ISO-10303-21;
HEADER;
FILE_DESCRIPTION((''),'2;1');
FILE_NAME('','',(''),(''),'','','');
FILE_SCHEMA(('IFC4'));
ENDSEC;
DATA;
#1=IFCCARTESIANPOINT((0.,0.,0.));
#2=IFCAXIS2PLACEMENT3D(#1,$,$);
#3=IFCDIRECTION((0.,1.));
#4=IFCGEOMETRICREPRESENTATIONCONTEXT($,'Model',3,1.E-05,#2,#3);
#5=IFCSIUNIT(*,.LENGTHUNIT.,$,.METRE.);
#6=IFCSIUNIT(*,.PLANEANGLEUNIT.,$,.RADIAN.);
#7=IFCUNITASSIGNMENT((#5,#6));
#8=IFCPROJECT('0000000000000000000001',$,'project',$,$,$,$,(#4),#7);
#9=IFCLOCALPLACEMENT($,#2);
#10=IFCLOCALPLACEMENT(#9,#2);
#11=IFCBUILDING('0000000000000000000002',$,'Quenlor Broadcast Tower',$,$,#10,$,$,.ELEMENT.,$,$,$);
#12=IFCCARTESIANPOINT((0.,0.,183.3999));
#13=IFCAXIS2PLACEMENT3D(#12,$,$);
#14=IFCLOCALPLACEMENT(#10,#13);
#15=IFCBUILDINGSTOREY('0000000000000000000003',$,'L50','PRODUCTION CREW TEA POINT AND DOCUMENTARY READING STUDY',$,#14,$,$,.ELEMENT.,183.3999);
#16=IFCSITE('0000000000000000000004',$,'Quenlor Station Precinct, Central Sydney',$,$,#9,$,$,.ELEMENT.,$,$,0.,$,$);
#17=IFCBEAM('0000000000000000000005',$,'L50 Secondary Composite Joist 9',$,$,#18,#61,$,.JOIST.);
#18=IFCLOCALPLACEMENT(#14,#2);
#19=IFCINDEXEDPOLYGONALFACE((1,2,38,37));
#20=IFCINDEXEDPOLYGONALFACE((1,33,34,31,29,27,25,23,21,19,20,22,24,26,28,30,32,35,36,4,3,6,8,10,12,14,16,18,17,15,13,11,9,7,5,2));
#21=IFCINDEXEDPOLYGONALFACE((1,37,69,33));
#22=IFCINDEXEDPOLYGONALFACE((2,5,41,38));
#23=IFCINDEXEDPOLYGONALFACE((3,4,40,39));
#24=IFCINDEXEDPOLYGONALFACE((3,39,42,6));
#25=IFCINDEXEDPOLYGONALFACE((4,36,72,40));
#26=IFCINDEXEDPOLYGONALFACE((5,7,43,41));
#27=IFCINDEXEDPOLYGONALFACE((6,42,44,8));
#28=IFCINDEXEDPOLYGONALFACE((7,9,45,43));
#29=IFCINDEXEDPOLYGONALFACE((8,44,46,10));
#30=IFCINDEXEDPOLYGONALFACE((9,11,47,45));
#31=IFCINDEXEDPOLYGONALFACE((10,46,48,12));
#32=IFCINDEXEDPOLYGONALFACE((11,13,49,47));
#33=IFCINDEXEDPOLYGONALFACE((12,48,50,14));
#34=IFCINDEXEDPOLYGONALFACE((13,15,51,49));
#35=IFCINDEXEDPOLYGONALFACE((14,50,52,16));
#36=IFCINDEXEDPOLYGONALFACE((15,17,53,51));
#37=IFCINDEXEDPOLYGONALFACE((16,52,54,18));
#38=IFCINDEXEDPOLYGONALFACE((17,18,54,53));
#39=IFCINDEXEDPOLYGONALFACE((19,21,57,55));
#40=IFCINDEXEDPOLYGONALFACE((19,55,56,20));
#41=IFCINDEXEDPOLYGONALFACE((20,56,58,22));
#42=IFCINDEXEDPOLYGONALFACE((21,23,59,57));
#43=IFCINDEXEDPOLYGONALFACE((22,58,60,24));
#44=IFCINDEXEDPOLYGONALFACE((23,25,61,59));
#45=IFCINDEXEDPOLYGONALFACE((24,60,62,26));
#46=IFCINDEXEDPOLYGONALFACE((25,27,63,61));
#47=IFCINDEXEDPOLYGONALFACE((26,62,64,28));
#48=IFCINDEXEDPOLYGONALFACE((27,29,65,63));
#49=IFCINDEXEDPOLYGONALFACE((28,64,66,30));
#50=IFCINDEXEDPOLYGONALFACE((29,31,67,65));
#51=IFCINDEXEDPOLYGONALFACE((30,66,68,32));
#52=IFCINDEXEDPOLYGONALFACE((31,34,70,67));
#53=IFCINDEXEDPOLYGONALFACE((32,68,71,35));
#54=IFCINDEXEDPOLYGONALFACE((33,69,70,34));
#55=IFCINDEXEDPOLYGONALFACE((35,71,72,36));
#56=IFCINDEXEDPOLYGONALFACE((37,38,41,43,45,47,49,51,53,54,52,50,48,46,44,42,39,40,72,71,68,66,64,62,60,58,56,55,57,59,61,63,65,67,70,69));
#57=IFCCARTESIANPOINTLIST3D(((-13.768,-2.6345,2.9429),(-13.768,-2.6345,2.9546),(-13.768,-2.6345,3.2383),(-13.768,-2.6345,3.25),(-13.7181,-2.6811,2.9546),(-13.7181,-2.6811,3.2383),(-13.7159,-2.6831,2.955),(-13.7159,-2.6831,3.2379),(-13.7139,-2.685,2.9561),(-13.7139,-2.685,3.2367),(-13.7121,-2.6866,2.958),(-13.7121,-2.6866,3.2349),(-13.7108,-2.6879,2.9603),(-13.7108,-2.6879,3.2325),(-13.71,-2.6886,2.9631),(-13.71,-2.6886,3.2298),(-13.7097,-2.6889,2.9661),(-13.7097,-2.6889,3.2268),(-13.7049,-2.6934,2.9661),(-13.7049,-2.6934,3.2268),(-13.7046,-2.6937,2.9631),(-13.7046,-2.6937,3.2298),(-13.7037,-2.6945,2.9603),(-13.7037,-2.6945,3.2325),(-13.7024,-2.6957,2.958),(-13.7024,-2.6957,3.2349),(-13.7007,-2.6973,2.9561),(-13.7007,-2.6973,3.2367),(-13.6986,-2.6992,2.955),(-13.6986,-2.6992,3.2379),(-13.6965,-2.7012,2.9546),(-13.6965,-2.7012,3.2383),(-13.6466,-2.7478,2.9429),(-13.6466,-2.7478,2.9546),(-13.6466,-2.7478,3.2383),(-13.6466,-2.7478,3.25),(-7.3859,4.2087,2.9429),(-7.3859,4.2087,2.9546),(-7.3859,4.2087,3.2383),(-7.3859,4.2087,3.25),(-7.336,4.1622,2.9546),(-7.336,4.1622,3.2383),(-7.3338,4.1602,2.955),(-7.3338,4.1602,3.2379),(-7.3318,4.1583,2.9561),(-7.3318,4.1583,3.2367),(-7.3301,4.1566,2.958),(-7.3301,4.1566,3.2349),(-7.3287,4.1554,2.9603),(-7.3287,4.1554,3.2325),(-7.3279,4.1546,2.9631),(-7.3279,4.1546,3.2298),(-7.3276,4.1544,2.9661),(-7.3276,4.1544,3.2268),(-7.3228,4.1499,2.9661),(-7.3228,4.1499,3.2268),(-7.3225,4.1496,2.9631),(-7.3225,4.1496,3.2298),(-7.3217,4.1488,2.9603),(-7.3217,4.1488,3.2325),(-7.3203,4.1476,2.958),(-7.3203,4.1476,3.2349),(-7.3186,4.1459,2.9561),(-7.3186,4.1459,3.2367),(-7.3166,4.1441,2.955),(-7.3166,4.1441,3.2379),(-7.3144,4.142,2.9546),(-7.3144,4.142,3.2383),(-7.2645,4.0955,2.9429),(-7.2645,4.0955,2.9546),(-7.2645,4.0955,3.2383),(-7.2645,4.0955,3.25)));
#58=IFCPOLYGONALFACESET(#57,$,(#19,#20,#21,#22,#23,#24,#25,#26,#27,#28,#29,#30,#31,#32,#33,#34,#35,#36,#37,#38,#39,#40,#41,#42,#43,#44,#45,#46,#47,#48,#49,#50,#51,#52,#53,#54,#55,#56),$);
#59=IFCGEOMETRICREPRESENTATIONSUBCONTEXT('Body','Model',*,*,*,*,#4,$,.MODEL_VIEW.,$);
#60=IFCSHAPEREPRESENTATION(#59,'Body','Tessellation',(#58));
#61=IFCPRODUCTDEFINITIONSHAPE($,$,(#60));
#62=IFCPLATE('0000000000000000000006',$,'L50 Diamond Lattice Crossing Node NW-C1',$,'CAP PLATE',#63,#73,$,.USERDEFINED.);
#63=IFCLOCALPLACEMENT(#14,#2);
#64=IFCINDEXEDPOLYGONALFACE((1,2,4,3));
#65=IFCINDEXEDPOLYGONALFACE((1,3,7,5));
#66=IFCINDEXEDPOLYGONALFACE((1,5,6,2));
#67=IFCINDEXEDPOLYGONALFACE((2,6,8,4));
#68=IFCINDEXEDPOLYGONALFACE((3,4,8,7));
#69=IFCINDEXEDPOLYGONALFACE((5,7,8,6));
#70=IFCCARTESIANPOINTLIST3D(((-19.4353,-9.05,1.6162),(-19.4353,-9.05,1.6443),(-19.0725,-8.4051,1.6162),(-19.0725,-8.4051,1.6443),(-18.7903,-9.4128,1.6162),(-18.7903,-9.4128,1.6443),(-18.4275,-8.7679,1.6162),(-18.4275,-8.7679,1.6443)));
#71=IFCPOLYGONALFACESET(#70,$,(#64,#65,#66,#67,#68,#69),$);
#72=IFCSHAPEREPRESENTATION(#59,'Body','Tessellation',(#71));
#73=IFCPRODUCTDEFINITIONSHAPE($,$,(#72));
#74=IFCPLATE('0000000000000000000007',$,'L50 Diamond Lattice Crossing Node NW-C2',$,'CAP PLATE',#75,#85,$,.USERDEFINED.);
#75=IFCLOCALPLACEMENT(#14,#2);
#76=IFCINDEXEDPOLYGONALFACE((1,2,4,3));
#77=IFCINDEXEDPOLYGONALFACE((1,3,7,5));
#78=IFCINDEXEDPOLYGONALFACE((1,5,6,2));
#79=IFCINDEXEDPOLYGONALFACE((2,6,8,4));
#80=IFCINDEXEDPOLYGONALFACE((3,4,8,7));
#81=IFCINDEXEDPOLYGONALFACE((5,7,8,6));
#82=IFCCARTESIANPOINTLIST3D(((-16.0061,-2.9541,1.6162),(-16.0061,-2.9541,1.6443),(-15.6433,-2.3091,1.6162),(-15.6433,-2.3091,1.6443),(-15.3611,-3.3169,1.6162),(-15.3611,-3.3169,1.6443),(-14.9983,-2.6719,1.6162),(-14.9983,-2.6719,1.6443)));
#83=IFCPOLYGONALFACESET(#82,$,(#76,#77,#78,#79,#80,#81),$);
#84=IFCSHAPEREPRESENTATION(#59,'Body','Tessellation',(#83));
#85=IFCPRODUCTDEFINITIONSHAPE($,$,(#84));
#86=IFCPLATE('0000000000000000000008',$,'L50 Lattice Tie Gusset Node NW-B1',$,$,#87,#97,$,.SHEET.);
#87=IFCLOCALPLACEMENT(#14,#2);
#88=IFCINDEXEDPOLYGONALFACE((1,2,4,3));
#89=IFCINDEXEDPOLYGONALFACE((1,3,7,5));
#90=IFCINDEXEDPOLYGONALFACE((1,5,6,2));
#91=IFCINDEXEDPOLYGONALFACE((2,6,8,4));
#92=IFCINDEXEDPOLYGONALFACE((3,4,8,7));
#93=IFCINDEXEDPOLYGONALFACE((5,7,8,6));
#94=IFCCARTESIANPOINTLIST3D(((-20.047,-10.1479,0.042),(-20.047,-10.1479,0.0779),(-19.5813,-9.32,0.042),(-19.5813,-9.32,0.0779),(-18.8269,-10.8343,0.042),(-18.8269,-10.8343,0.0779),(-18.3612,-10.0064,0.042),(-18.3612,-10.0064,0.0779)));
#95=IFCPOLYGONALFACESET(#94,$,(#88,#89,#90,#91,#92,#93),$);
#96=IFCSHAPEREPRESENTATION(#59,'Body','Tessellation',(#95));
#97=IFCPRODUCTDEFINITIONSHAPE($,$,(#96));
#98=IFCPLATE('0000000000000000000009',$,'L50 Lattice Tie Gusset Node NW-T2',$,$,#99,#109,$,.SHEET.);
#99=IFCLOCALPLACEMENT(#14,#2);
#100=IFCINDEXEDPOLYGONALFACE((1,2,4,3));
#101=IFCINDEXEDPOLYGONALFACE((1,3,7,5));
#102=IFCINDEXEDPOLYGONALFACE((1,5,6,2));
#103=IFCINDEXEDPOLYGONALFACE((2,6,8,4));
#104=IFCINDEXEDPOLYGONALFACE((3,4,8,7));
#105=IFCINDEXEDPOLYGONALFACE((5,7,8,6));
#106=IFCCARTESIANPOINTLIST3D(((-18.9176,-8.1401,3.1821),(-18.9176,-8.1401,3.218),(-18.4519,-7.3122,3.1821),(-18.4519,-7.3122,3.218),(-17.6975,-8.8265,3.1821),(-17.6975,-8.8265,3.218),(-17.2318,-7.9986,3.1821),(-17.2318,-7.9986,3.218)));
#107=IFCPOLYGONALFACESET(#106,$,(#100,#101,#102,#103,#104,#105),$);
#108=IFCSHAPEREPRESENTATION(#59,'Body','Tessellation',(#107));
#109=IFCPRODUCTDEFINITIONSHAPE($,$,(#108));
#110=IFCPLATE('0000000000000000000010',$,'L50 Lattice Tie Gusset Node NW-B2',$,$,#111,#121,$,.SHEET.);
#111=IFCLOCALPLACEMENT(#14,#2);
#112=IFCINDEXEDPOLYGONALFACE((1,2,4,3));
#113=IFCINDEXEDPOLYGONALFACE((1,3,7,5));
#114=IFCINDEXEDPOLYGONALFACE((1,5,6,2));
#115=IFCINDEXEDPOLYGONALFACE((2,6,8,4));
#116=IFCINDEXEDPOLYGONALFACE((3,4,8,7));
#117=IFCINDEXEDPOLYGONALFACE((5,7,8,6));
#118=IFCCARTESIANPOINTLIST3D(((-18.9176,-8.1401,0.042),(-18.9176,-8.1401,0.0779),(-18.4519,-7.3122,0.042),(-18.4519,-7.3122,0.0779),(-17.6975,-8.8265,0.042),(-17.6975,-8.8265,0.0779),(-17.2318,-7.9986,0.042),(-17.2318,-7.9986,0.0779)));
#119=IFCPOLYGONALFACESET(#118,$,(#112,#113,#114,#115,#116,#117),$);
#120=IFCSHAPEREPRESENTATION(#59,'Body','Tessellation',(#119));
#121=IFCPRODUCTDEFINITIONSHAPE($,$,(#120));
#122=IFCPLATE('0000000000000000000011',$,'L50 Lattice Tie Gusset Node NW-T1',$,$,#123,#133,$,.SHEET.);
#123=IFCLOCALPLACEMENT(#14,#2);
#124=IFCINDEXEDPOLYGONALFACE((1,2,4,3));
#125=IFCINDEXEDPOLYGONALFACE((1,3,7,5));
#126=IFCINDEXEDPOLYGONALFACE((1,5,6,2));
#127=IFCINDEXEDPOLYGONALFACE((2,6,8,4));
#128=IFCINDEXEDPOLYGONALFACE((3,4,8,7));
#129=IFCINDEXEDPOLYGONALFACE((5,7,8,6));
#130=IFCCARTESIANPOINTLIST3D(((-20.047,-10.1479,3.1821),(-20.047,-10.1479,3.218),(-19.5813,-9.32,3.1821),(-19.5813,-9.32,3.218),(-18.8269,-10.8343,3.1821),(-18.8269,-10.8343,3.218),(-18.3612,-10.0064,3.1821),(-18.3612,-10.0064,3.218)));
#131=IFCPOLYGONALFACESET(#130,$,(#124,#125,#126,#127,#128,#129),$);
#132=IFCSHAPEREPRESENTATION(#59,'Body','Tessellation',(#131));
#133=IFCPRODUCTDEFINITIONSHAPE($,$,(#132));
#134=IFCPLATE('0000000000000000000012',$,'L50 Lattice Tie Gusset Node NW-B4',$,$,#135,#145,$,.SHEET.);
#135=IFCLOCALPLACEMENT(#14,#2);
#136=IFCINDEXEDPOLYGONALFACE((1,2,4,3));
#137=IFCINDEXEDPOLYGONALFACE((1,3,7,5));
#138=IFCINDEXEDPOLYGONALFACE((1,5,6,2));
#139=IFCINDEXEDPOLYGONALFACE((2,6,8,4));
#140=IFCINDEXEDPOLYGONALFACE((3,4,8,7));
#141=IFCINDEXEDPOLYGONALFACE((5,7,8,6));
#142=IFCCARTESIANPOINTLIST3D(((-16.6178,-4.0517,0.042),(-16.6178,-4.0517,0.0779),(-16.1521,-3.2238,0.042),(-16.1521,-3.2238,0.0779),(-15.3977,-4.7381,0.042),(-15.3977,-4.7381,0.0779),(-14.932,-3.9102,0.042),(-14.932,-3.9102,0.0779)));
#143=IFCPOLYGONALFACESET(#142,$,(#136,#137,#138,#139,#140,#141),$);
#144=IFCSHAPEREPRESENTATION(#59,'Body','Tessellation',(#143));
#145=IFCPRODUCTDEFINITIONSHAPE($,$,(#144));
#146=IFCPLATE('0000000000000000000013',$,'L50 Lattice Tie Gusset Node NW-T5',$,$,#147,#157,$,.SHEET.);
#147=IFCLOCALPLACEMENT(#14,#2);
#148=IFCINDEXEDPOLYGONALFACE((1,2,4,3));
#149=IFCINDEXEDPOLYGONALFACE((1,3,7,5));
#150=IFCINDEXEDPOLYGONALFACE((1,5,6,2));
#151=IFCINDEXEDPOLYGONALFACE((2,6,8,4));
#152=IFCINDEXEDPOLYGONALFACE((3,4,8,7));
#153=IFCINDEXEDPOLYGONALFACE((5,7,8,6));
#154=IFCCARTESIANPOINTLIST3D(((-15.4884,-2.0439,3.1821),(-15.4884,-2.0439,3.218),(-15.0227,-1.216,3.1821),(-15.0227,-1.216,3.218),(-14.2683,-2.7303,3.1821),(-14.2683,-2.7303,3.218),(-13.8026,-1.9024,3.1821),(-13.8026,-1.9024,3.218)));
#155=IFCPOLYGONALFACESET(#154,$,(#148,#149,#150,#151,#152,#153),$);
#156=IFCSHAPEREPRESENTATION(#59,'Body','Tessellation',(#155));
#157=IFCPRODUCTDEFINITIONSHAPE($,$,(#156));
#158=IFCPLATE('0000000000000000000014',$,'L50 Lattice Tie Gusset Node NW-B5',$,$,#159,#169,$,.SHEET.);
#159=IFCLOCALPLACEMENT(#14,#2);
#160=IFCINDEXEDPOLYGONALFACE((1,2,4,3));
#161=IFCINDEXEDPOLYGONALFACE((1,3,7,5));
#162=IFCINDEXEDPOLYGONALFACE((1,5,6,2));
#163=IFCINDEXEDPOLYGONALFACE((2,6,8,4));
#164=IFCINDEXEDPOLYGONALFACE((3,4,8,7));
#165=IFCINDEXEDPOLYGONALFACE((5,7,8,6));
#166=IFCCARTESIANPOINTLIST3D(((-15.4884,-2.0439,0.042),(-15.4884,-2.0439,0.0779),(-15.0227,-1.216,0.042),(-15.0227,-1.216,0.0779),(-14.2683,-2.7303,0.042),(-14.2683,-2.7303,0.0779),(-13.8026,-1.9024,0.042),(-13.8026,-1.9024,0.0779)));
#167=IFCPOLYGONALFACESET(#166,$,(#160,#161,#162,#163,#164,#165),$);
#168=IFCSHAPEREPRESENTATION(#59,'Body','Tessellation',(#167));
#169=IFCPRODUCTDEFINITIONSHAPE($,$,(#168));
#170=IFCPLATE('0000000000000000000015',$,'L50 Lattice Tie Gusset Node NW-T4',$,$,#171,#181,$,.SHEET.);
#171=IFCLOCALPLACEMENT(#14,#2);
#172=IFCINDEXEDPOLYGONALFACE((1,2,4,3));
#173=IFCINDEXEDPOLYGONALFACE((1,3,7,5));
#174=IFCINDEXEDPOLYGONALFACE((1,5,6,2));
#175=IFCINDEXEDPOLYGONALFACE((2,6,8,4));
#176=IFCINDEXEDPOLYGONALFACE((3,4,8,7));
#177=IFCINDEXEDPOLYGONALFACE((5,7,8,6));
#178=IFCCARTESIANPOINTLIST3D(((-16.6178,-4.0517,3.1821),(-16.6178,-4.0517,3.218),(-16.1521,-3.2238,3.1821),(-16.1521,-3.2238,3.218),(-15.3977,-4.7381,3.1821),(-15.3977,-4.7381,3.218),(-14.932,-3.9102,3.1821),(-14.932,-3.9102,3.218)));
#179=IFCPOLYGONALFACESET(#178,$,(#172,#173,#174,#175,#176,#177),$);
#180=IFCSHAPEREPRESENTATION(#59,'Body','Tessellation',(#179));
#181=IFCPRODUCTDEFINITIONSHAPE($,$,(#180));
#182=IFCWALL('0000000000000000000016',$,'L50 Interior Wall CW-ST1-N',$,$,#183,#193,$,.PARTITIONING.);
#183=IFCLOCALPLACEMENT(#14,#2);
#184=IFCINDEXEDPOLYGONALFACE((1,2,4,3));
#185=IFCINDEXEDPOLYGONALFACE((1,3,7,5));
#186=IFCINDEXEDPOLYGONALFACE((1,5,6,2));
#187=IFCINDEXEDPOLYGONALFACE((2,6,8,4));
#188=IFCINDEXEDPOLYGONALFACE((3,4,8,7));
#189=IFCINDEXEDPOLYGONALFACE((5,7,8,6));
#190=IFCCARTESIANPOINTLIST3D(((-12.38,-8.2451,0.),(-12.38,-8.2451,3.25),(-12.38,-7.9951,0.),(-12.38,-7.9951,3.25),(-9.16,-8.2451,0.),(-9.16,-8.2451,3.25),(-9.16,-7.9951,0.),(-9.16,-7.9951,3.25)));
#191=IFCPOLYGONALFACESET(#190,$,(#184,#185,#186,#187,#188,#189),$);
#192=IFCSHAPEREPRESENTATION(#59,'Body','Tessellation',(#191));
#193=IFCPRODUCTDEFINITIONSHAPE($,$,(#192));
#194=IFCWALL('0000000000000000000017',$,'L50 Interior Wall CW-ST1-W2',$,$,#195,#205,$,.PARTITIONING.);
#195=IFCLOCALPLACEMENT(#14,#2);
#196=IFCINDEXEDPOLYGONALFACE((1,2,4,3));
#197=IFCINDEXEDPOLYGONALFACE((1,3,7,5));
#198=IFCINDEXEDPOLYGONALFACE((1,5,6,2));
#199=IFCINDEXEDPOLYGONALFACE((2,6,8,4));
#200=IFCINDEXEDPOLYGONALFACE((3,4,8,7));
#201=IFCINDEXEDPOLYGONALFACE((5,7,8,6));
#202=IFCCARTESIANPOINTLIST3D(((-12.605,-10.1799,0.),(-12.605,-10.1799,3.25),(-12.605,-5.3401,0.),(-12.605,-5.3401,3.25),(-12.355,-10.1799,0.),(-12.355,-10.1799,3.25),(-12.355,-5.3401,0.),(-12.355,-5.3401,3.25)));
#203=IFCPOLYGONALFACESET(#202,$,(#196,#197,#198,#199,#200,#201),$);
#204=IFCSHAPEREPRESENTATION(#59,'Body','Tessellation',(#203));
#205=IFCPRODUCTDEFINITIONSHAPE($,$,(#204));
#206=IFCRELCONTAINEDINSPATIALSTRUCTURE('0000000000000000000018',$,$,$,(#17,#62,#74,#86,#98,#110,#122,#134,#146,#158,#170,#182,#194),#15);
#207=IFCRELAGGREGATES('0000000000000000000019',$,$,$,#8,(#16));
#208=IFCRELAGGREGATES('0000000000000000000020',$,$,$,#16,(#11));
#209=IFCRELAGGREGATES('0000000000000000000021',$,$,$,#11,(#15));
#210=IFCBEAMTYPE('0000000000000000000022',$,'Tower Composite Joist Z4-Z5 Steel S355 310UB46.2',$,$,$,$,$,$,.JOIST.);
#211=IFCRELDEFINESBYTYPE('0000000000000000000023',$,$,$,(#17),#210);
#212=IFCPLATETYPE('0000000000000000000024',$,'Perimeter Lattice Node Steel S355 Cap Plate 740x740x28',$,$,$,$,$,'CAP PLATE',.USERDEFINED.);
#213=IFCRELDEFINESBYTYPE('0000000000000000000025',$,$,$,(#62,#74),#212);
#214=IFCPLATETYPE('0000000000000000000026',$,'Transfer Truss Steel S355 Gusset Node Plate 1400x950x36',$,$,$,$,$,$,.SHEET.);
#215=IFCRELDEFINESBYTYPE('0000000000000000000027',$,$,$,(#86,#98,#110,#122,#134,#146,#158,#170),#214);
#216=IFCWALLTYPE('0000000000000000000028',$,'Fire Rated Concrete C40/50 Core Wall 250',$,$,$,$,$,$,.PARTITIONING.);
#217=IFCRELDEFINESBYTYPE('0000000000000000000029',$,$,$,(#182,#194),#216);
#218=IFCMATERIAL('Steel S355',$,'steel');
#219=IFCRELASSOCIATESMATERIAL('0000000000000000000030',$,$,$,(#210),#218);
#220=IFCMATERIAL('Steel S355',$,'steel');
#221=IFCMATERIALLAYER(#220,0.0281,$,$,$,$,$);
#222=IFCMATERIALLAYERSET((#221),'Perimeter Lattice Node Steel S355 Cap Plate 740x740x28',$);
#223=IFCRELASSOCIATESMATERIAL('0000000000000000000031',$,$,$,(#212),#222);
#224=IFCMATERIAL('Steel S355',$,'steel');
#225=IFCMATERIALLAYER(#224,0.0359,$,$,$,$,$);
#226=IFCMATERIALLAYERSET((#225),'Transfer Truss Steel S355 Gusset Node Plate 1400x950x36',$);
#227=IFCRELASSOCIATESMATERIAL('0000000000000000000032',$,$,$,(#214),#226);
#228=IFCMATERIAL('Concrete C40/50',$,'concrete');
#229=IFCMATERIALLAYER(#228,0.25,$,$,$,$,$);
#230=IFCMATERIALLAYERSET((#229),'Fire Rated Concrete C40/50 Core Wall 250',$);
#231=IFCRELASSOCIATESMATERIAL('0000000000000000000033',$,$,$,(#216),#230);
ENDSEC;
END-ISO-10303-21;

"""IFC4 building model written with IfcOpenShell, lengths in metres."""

from ifc_helpers import new_model, si_unit, direction, frame, frame_2d, origin, origin_2d, place, context, subcontext, project, spatial, rectangle, i_section, extrude, material, layer, layer_set, material_profile, profile_set, type_object, element, save


model = new_model("IFC4")

# Units and contexts
model_context = context("Model", 3, precision=1e-05, world=origin(), true_north=direction((0.0, 1.0)))
body_context = subcontext(model_context, "Body", "Model", "MODEL_VIEW")
ifc_project = project(units=[si_unit("LENGTHUNIT", "METRE"), si_unit("PLANEANGLEUNIT", "RADIAN")], contexts=[model_context])

# Site, building, storey
site_placement = place(None, origin())
site = spatial("IfcSite", under=ifc_project, at=site_placement, Name="Quenlor Station Precinct, Central Sydney", CompositionType="ELEMENT", RefElevation=0.0)
building_placement = place(site_placement, origin())
building = spatial("IfcBuilding", under=site, at=building_placement, Name="Quenlor Broadcast Tower", CompositionType="ELEMENT")
storey_placement = place(building_placement, frame((0.0, 0.0, 183.3999)))
storey = spatial("IfcBuildingStorey", under=building, at=storey_placement, Name="L50", Description="PRODUCTION CREW TEA POINT AND DOCUMENTARY READING STUDY", CompositionType="ELEMENT", Elevation=183.3999)

# Beam
ifc_material_1 = material(Name="Steel S355", Category="steel")
ifc_material_profile_1 = material_profile(ifc_material_1, i_section(OverallWidth=0.166, OverallDepth=0.3071, WebThickness=0.0066, FlangeThickness=0.0117, FilletRadius=0.0115, at=origin_2d()))
ifc_profile_set_1 = profile_set([ifc_material_profile_1], Name="Steel S355 310UB46.2")
beam_type_1 = type_object("IfcBeamType", Name="Tower Composite Joist Z4-Z5 Steel S355 310UB46.2", PredefinedType="JOIST", material=ifc_profile_set_1)
beam_1_placement = place(storey_placement, frame((-13.7073, -2.6912, 3.0964), z_axis=(0.682035, 0.73132, 0.0), x_axis=(-0.73132, 0.682035, 0.0)))
element("IfcBeam", 1, at=beam_1_placement, inside=storey, type_object=beam_type_1, Name="L50 Secondary Composite Joist 9", PredefinedType="JOIST", context=body_context, shape_type="SweptSolid", body=[
    extrude(i_section(OverallWidth=0.166, OverallDepth=0.3071, WebThickness=0.0066, FlangeThickness=0.0117, FilletRadius=0.0115, at=origin_2d()), origin(), (0.0, 0.0, 1.0), 9.3574),
])

# Plates
ifc_material_2 = material(Name="Steel S355", Category="steel")
ifc_layer_1 = layer(ifc_material_2, 0.0281)
ifc_layer_set_1 = layer_set([ifc_layer_1], Name="Perimeter Lattice Node Steel S355 Cap Plate 740x740x28")
plate_type_1 = type_object("IfcPlateType", Name="Perimeter Lattice Node Steel S355 Cap Plate 740x740x28", ElementType="CAP PLATE", PredefinedType="USERDEFINED", material=ifc_layer_set_1)
for number, where, z_axis, x_axis, name in (
    (2, (-18.9314, -8.9089, 1.6162), (0.0, 0.0, 1.0), (0.490295, 0.871556, 0.0), "L50 Diamond Lattice Crossing Node NW-C1"),
    (3, (-15.5022, -2.813, 1.6162), (0.0, 0.0, 1.0), (0.490295, 0.871556, 0.0), "L50 Diamond Lattice Crossing Node NW-C2"),
):
    element("IfcPlate", number, at=place(storey_placement, frame(where, z_axis=z_axis, x_axis=x_axis)), inside=storey, type_object=plate_type_1, Name=name, ObjectType="CAP PLATE", PredefinedType="USERDEFINED", context=body_context, shape_type="SweptSolid", body=[
        extrude(rectangle(XDim=0.74, YDim=0.74, at=origin_2d()), origin(), (0.0, 0.0, 1.0), 0.0281),
    ])
ifc_material_3 = material(Name="Steel S355", Category="steel")
ifc_layer_2 = layer(ifc_material_3, 0.0359)
ifc_layer_set_2 = layer_set([ifc_layer_2], Name="Transfer Truss Steel S355 Gusset Node Plate 1400x950x36")
plate_type_2 = type_object("IfcPlateType", Name="Transfer Truss Steel S355 Gusset Node Plate 1400x950x36", PredefinedType="SHEET", material=ifc_layer_set_2)
for number, where, z_axis, x_axis, name in (
    (4, (-19.2041, -10.0771, 0.042), (0.0, 0.0, 1.0), (-0.871556, 0.490295, 0.0), "L50 Lattice Tie Gusset Node NW-B1"),
    (5, (-18.0747, -8.0693, 3.1821), (0.0, 0.0, 1.0), (-0.871556, 0.490295, 0.0), "L50 Lattice Tie Gusset Node NW-T2"),
    (6, (-18.0747, -8.0693, 0.042), (0.0, 0.0, 1.0), (-0.871556, 0.490295, 0.0), "L50 Lattice Tie Gusset Node NW-B2"),
    (7, (-19.2041, -10.0771, 3.1821), (0.0, 0.0, 1.0), (-0.871556, 0.490295, 0.0), "L50 Lattice Tie Gusset Node NW-T1"),
    (8, (-15.7749, -3.981, 0.042), (0.0, 0.0, 1.0), (-0.871556, 0.490295, 0.0), "L50 Lattice Tie Gusset Node NW-B4"),
    (9, (-14.6455, -1.9731, 3.1821), (0.0, 0.0, 1.0), (-0.871556, 0.490295, 0.0), "L50 Lattice Tie Gusset Node NW-T5"),
    (10, (-14.6455, -1.9731, 0.042), (0.0, 0.0, 1.0), (-0.871556, 0.490295, 0.0), "L50 Lattice Tie Gusset Node NW-B5"),
    (11, (-15.7749, -3.981, 3.1821), (0.0, 0.0, 1.0), (-0.871556, 0.490295, 0.0), "L50 Lattice Tie Gusset Node NW-T4"),
):
    element("IfcPlate", number, at=place(storey_placement, frame(where, z_axis=z_axis, x_axis=x_axis)), inside=storey, type_object=plate_type_2, Name=name, PredefinedType="SHEET", context=body_context, shape_type="SweptSolid", body=[
        extrude(rectangle(XDim=1.3999, YDim=0.95, at=origin_2d()), origin(), (0.0, 0.0, 1.0), 0.0359),
    ])

# Walls
ifc_material_4 = material(Name="Concrete C40/50", Category="concrete")
ifc_layer_3 = layer(ifc_material_4, 0.25)
ifc_layer_set_3 = layer_set([ifc_layer_3], Name="Fire Rated Concrete C40/50 Core Wall 250")
wall_type_1 = type_object("IfcWallType", Name="Fire Rated Concrete C40/50 Core Wall 250", PredefinedType="PARTITIONING", material=ifc_layer_set_3)
wall_1_placement = place(storey_placement, frame((-12.3799, -8.1201, 0.0), z_axis=(0.0, 0.0, 1.0), x_axis=(1.0, 0.0, 0.0)))
element("IfcWall", 12, at=wall_1_placement, inside=storey, type_object=wall_type_1, Name="L50 Interior Wall CW-ST1-N", PredefinedType="PARTITIONING", context=body_context, shape_type="SweptSolid", body=[
    extrude(rectangle(XDim=3.22, YDim=0.25, at=frame_2d((1.6099, 0.0))), origin(), (0.0, 0.0, 1.0), 3.25),
])
wall_2_placement = place(storey_placement, frame((-12.48, -10.1799, 0.0), z_axis=(0.0, 0.0, 1.0), x_axis=(0.0, 1.0, 0.0)))
element("IfcWall", 13, at=wall_2_placement, inside=storey, type_object=wall_type_1, Name="L50 Interior Wall CW-ST1-W2", PredefinedType="PARTITIONING", context=body_context, shape_type="SweptSolid", body=[
    extrude(rectangle(XDim=4.8398, YDim=0.25, at=frame_2d((2.4199, 0.0))), origin(), (0.0, 0.0, 1.0), 3.25),
])

save(model, "model.ifc")
